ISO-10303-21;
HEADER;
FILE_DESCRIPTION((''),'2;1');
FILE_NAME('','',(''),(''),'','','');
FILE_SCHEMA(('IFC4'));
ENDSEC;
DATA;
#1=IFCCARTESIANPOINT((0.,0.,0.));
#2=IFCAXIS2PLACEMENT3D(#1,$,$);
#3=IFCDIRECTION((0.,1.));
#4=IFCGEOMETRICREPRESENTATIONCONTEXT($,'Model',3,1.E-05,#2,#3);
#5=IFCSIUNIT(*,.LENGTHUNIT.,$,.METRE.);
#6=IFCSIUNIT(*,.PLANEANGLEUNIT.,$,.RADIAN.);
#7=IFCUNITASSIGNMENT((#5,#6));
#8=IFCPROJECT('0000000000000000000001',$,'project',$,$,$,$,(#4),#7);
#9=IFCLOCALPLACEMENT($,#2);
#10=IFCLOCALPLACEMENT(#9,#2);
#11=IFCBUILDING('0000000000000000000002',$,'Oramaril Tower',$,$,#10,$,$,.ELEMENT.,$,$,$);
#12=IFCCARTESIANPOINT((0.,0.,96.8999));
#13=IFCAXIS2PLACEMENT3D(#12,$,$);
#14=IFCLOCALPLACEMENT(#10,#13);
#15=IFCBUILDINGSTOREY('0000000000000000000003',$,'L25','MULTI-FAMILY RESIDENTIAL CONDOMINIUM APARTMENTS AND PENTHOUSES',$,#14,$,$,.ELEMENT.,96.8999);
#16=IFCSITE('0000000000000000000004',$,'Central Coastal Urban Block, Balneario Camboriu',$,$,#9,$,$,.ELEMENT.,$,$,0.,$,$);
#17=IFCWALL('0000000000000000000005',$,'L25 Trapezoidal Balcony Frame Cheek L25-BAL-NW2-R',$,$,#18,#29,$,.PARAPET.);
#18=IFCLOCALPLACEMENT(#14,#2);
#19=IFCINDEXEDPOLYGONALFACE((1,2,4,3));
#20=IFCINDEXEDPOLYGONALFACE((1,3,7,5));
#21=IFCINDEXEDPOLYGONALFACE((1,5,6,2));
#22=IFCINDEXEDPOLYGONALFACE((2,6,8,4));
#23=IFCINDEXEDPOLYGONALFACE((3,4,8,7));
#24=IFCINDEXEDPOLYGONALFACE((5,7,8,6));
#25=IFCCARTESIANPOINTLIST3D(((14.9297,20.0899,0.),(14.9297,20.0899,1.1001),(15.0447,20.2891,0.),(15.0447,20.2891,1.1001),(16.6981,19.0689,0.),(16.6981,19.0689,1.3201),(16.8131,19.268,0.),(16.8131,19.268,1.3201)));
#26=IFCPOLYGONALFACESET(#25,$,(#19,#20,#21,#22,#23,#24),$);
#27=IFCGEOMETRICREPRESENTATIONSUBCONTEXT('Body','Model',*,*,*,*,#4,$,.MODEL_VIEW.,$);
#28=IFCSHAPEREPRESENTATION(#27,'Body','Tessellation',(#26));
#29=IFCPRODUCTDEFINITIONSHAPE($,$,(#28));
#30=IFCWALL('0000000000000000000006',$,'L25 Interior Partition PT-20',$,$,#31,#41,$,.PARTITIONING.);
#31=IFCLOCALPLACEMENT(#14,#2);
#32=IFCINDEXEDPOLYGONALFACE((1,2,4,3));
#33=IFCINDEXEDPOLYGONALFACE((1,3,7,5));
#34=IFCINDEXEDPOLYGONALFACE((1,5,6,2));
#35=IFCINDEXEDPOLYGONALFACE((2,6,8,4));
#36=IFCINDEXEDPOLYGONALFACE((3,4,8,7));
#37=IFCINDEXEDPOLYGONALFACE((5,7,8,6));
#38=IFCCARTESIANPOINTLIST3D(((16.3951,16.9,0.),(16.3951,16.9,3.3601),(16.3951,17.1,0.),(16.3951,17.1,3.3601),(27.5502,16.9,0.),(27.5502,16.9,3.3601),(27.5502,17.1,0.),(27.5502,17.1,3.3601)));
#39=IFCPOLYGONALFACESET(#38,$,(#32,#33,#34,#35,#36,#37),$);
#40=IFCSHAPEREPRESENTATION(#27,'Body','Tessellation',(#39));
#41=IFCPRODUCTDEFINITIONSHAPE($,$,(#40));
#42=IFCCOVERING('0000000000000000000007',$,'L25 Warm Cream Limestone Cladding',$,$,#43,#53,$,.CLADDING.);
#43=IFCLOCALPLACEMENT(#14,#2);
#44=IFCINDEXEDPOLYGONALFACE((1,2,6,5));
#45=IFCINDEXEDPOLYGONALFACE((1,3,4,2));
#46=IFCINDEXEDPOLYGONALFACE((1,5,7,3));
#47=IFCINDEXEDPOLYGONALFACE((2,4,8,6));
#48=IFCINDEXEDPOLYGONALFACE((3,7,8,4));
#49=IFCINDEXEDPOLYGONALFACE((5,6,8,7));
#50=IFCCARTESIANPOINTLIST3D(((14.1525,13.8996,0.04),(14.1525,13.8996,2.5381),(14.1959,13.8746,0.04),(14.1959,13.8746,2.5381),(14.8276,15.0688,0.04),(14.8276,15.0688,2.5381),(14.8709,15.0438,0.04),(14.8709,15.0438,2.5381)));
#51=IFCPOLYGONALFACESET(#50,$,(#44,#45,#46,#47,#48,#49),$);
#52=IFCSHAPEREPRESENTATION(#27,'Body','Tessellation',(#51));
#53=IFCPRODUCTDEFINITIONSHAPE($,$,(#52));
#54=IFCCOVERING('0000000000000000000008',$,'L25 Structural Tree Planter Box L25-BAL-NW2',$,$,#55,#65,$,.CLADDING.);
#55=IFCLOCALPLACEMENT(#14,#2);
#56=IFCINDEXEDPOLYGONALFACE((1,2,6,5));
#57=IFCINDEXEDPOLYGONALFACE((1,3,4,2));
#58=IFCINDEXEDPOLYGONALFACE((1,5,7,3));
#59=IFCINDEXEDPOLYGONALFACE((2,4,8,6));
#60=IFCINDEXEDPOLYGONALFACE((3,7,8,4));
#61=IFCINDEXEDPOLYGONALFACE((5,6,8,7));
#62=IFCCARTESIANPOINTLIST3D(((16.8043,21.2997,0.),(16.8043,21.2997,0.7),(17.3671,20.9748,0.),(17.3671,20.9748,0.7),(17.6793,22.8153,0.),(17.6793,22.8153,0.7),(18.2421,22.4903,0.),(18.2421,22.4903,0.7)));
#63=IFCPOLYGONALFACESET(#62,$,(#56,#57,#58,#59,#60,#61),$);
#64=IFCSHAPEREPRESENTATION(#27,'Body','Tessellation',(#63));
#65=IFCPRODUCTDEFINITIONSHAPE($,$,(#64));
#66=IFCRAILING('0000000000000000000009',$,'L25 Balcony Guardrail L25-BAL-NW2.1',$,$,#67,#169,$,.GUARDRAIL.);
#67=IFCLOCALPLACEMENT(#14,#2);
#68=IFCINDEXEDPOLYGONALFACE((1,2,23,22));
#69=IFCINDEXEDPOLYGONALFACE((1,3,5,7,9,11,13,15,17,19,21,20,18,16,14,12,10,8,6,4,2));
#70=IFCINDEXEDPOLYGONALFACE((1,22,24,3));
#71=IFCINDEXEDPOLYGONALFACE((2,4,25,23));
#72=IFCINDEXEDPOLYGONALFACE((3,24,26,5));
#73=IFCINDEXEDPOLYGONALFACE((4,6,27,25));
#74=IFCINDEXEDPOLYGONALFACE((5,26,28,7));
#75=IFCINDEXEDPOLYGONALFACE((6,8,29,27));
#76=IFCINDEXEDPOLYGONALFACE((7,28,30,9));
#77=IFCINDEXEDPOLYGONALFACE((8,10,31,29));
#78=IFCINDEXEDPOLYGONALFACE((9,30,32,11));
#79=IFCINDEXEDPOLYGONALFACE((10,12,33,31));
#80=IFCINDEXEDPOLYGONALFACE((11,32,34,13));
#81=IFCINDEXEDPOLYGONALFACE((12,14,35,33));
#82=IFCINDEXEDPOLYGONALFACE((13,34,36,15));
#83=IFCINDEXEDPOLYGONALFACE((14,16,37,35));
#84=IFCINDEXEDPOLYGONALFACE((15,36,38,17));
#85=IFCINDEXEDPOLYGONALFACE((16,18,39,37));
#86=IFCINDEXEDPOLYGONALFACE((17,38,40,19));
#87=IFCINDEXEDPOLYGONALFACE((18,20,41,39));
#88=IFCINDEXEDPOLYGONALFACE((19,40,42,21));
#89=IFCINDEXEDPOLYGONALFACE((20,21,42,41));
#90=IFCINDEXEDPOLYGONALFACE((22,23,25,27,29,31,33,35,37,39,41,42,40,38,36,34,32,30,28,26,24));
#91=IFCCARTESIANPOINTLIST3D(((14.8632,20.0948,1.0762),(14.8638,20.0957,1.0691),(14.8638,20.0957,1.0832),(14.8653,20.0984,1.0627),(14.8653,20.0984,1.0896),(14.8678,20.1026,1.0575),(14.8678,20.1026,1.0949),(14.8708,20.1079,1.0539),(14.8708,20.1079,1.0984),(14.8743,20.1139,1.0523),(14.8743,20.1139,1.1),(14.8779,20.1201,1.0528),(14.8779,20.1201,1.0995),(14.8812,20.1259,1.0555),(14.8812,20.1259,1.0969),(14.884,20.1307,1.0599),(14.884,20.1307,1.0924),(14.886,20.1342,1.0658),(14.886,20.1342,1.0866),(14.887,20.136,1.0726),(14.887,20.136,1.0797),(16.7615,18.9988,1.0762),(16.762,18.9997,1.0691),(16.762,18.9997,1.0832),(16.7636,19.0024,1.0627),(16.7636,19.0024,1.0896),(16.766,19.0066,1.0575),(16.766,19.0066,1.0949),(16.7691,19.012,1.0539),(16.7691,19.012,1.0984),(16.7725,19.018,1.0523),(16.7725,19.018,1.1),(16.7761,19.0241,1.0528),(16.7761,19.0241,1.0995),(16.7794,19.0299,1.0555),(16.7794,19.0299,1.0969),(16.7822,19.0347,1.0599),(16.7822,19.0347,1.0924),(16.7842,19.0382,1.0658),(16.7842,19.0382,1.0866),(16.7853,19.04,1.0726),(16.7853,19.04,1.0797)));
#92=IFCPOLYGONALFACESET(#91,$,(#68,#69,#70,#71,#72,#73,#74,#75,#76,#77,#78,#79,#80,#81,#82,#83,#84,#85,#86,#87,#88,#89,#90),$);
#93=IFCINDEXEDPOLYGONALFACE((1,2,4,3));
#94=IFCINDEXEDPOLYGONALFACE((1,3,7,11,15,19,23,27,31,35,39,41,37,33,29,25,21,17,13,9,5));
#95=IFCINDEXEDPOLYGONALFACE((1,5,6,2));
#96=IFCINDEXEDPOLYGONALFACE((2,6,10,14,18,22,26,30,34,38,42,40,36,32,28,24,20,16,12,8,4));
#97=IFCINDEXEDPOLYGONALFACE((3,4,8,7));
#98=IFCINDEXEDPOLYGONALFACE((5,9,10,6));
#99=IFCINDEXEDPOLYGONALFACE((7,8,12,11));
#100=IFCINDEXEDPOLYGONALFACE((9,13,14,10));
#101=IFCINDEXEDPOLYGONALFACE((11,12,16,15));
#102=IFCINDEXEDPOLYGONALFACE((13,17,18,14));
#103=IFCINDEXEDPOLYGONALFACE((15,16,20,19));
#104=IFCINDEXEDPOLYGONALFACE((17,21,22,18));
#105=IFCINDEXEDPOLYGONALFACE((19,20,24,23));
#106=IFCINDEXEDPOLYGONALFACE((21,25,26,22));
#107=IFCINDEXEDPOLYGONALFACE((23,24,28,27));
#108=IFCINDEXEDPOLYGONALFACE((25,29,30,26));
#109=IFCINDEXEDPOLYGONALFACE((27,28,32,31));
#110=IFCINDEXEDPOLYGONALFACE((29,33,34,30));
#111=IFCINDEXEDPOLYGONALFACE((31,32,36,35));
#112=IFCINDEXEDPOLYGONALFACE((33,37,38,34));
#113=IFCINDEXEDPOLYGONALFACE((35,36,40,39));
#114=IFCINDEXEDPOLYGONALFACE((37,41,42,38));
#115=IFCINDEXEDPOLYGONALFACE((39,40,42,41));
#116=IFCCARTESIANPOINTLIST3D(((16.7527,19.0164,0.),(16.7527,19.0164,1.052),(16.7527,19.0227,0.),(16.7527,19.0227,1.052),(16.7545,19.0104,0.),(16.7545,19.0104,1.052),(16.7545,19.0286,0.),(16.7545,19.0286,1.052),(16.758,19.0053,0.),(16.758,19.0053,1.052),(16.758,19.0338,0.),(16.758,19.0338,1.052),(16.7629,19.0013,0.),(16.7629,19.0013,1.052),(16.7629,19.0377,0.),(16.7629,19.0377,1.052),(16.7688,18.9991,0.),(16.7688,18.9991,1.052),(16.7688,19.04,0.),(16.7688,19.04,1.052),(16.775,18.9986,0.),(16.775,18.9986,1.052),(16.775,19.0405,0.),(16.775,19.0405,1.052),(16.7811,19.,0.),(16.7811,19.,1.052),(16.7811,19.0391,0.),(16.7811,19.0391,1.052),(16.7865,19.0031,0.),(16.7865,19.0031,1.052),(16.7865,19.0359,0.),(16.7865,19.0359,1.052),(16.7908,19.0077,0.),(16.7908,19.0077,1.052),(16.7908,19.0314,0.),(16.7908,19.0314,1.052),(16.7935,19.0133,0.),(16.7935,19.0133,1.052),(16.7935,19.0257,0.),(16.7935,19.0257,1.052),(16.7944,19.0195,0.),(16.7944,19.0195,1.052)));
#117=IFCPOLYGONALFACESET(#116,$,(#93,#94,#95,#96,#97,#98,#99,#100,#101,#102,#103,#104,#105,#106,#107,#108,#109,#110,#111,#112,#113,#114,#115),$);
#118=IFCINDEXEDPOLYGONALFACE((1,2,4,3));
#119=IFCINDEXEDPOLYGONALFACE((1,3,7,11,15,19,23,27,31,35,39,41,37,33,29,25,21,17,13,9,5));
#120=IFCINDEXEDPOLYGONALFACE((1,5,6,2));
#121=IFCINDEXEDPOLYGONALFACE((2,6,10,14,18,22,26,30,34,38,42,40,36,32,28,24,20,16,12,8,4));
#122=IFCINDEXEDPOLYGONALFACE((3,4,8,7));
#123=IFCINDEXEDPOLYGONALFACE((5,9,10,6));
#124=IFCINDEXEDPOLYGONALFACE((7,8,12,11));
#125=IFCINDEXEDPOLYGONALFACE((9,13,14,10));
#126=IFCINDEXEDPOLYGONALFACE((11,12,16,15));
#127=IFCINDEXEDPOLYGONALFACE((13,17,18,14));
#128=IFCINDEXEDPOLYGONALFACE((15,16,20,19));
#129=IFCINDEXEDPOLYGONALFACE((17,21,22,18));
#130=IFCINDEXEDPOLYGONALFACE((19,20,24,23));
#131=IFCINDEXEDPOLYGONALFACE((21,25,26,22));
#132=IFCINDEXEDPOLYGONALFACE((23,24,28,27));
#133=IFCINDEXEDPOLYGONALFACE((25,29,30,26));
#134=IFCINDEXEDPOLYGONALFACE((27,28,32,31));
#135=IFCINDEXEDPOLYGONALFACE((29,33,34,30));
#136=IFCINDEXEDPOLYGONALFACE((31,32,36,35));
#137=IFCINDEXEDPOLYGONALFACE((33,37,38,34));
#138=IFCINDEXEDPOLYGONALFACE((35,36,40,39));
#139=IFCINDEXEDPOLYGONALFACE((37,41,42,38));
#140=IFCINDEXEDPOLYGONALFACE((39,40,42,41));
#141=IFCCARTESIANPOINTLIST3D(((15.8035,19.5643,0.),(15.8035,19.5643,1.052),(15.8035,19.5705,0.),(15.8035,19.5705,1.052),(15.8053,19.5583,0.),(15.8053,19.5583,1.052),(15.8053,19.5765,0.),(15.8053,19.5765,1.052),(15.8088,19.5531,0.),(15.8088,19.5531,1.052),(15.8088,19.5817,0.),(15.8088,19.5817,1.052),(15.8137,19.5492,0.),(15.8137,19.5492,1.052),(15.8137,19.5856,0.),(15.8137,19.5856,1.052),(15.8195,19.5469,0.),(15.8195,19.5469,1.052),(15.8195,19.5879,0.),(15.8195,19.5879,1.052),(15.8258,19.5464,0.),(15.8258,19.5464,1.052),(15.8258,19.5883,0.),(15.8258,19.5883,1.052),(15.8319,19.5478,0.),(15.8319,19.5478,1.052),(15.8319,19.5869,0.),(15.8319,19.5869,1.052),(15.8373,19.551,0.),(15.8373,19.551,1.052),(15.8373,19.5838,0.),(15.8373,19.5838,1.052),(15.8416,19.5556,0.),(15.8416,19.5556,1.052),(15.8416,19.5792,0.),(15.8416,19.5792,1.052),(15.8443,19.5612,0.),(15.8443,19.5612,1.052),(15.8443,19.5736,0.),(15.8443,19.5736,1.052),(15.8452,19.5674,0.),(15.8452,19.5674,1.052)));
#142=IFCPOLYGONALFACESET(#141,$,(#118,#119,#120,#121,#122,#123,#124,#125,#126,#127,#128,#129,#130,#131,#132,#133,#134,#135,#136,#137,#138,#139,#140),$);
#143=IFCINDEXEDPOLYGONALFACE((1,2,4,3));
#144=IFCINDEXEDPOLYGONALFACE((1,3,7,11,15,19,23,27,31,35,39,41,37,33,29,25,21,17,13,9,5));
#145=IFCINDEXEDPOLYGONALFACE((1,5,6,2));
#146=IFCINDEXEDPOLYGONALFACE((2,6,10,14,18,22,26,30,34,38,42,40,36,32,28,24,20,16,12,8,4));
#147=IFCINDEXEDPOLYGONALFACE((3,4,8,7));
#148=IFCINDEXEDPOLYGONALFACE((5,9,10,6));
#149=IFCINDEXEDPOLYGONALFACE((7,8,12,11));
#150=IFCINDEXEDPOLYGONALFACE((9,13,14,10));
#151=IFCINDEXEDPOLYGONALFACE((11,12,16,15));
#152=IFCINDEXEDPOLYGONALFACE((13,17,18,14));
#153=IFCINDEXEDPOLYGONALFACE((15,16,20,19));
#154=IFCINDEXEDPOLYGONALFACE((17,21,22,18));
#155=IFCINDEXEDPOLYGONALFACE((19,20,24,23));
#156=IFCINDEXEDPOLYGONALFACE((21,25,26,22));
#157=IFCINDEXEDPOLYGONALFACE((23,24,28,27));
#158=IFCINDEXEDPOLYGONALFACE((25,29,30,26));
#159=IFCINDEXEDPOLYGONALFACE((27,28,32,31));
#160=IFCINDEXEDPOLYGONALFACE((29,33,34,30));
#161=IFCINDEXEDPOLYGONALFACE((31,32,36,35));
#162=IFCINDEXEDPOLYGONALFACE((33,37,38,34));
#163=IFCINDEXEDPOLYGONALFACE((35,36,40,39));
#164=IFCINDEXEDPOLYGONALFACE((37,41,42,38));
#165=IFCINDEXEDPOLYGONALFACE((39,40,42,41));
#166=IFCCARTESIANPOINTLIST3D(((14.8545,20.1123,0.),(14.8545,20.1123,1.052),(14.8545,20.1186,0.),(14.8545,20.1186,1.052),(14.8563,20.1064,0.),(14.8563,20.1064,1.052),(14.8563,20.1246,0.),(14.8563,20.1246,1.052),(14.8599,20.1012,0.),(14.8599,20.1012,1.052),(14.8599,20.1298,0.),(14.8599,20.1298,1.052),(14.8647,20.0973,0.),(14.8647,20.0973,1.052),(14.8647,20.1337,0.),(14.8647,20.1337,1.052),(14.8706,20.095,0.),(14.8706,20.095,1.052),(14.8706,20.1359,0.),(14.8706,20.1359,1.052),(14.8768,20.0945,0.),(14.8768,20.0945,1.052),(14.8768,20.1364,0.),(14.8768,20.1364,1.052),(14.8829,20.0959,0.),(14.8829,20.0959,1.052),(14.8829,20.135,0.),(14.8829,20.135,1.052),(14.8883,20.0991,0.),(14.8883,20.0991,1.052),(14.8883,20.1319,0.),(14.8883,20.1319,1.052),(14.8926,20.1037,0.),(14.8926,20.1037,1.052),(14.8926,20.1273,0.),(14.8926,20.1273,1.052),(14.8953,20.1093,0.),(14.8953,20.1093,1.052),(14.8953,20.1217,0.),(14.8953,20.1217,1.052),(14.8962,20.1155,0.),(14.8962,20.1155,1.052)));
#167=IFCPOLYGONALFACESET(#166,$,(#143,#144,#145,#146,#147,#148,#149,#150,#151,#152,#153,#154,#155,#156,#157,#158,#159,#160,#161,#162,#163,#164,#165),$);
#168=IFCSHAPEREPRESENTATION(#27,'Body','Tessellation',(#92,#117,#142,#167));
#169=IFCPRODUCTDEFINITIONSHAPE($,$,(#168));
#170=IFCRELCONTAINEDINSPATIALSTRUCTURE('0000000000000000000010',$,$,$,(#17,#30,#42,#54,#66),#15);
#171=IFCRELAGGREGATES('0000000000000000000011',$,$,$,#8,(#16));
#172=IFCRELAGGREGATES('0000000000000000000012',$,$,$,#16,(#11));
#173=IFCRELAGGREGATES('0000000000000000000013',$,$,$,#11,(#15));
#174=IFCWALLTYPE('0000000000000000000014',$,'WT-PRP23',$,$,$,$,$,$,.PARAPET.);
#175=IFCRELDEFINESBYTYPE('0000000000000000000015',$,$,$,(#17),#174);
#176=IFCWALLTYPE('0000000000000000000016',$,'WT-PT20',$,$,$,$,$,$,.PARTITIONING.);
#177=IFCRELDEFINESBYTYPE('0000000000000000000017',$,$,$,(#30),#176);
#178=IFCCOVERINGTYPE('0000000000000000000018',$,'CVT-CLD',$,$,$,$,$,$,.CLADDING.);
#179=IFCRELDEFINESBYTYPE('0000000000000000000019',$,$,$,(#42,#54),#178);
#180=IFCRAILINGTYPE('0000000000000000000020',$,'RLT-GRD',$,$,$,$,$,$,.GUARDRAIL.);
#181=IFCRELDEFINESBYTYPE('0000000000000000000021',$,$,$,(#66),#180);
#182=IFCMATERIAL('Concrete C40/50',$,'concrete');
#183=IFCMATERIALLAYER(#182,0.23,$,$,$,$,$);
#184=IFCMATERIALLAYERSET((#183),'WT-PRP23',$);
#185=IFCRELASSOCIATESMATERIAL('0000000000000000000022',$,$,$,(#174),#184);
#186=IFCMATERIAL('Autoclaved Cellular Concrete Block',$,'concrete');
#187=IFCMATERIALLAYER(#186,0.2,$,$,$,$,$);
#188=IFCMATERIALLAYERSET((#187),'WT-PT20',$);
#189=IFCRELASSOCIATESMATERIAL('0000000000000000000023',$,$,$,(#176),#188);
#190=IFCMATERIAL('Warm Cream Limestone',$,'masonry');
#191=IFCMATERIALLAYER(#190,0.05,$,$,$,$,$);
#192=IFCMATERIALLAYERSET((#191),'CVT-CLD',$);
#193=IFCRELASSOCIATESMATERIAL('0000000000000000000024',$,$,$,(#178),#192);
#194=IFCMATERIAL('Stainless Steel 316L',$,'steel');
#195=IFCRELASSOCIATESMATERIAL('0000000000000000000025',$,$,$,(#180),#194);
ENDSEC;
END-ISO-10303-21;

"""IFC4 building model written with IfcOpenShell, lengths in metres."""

from ifc_helpers import new_model, si_unit, direction, frame, frame_2d, origin, origin_2d, place, context, subcontext, project, spatial, polyline, rectangle, circle, outline, extrude, material, layer, layer_set, type_object, element, save


model = new_model("IFC4")

# Units and contexts
model_context = context("Model", 3, precision=1e-05, world=origin(), true_north=direction((0.0, 1.0)))
body_context = subcontext(model_context, "Body", "Model", "MODEL_VIEW")
ifc_project = project(units=[si_unit("LENGTHUNIT", "METRE"), si_unit("PLANEANGLEUNIT", "RADIAN")], contexts=[model_context])

# Site, building, storey
site_placement = place(None, origin())
site = spatial("IfcSite", under=ifc_project, at=site_placement, Name="Central Coastal Urban Block, Balneario Camboriu", CompositionType="ELEMENT", RefElevation=0.0)
building_placement = place(site_placement, origin())
building = spatial("IfcBuilding", under=site, at=building_placement, Name="Oramaril Tower", CompositionType="ELEMENT")
storey_placement = place(building_placement, frame((0.0, 0.0, 96.8999)))
storey = spatial("IfcBuildingStorey", under=building, at=storey_placement, Name="L25", Description="MULTI-FAMILY RESIDENTIAL CONDOMINIUM APARTMENTS AND PENTHOUSES", CompositionType="ELEMENT", Elevation=96.8999)

# Wall
ifc_material_1 = material(Name="Concrete C40/50", Category="concrete")
ifc_layer_1 = layer(ifc_material_1, 0.23)
ifc_layer_set_1 = layer_set([ifc_layer_1], Name="WT-PRP23")
wall_type_1 = type_object("IfcWallType", Name="WT-PRP23", PredefinedType="PARAPET", material=ifc_layer_set_1)
wall_1_placement = place(storey_placement, frame((16.7556, 19.1685, 0.0), z_axis=(0.0, 0.0, 1.0), x_axis=(-0.866012, 0.500023, 0.0)))
element("IfcWall", 1, at=wall_1_placement, inside=storey, type_object=wall_type_1, Name="L25 Trapezoidal Balcony Frame Cheek L25-BAL-NW2-R", PredefinedType="PARAPET", context=body_context, shape_type="SweptSolid", body=[
    extrude(outline(polyline([(0.0, 0.0), (2.042, 0.0), (2.042, 1.1001), (0.0, 1.3201), (0.0, 0.0)])), frame((0.0, 0.115, 0.0), z_axis=(0.0, -1.0, 0.0), x_axis=(1.0, 0.0, 0.0)), (0.0, 0.0, 1.0), 0.23),
])

# Wall
ifc_material_2 = material(Name="Autoclaved Cellular Concrete Block", Category="concrete")
ifc_layer_2 = layer(ifc_material_2, 0.2)
ifc_layer_set_2 = layer_set([ifc_layer_2], Name="WT-PT20")
wall_type_2 = type_object("IfcWallType", Name="WT-PT20", PredefinedType="PARTITIONING", material=ifc_layer_set_2)
wall_2_placement = place(storey_placement, frame((16.395, 17.0, 0.0), z_axis=(0.0, 0.0, 1.0), x_axis=(1.0, 0.0, 0.0)))
element("IfcWall", 2, at=wall_2_placement, inside=storey, type_object=wall_type_2, Name="L25 Interior Partition PT-20", PredefinedType="PARTITIONING", context=body_context, shape_type="SweptSolid", body=[
    extrude(rectangle(XDim=11.155, YDim=0.2, at=frame_2d((5.5776, 0.0))), origin(), (0.0, 0.0, 1.0), 3.3601),
])

# Coverings
ifc_material_3 = material(Name="Warm Cream Limestone", Category="masonry")
ifc_layer_3 = layer(ifc_material_3, 0.05)
ifc_layer_set_3 = layer_set([ifc_layer_3], Name="CVT-CLD")
covering_type = type_object("IfcCoveringType", Name="CVT-CLD", PredefinedType="CLADDING", material=ifc_layer_set_3)
covering_1_placement = place(storey_placement, frame((14.5117, 14.4717, 0.04), z_axis=(0.0, 0.0, 1.0), x_axis=(-0.5, -0.866025, 0.0)))
element("IfcCovering", 3, at=covering_1_placement, inside=storey, type_object=covering_type, Name="L25 Warm Cream Limestone Cladding", PredefinedType="CLADDING", context=body_context, shape_type="SweptSolid", body=[
    extrude(rectangle(XDim=1.3501, YDim=0.05, at=origin_2d()), origin(), (0.0, 0.0, 1.0), 2.498),
])
covering_2_placement = place(storey_placement, frame((17.5232, 21.895, 0.0), z_axis=(0.0, 0.0, 1.0), x_axis=(-0.5, -0.866025, 0.0)))
element("IfcCovering", 4, at=covering_2_placement, inside=storey, type_object=covering_type, Name="L25 Structural Tree Planter Box L25-BAL-NW2", PredefinedType="CLADDING", context=body_context, shape_type="SweptSolid", body=[
    extrude(rectangle(XDim=1.75, YDim=0.6499, at=origin_2d()), origin(), (0.0, 0.0, 1.0), 0.7),
])

# Railing
ifc_material_4 = material(Name="Stainless Steel 316L", Category="steel")
railing_type = type_object("IfcRailingType", Name="RLT-GRD", PredefinedType="GUARDRAIL", material=ifc_material_4)
railing_1_placement = place(storey_placement, frame((16.7734, 19.0195, 0.0)))
element("IfcRailing", 5, at=railing_1_placement, inside=storey, type_object=railing_type, Name="L25 Balcony Guardrail L25-BAL-NW2.1", PredefinedType="GUARDRAIL", context=body_context, shape_type="SweptSolid", body=[
    extrude(circle(Radius=0.0239, at=origin_2d()), frame((0.0, 0.0, 1.0762), z_axis=(-0.866021, 0.500008, 0.0), x_axis=(-0.500008, -0.866021, 0.0)), (0.0, 0.0, 1.0), 2.1919),
    extrude(circle(Radius=0.021, at=origin_2d()), origin(), (0.0, 0.0, 1.0), 1.052),
    extrude(circle(Radius=0.021, at=origin_2d()), frame((-0.9492, 0.5479, 0.0)), (0.0, 0.0, 1.0), 1.052),
    extrude(circle(Radius=0.021, at=origin_2d()), frame((-1.8982, 1.0959, 0.0)), (0.0, 0.0, 1.0), 1.052),
])

save(model, "model.ifc")
